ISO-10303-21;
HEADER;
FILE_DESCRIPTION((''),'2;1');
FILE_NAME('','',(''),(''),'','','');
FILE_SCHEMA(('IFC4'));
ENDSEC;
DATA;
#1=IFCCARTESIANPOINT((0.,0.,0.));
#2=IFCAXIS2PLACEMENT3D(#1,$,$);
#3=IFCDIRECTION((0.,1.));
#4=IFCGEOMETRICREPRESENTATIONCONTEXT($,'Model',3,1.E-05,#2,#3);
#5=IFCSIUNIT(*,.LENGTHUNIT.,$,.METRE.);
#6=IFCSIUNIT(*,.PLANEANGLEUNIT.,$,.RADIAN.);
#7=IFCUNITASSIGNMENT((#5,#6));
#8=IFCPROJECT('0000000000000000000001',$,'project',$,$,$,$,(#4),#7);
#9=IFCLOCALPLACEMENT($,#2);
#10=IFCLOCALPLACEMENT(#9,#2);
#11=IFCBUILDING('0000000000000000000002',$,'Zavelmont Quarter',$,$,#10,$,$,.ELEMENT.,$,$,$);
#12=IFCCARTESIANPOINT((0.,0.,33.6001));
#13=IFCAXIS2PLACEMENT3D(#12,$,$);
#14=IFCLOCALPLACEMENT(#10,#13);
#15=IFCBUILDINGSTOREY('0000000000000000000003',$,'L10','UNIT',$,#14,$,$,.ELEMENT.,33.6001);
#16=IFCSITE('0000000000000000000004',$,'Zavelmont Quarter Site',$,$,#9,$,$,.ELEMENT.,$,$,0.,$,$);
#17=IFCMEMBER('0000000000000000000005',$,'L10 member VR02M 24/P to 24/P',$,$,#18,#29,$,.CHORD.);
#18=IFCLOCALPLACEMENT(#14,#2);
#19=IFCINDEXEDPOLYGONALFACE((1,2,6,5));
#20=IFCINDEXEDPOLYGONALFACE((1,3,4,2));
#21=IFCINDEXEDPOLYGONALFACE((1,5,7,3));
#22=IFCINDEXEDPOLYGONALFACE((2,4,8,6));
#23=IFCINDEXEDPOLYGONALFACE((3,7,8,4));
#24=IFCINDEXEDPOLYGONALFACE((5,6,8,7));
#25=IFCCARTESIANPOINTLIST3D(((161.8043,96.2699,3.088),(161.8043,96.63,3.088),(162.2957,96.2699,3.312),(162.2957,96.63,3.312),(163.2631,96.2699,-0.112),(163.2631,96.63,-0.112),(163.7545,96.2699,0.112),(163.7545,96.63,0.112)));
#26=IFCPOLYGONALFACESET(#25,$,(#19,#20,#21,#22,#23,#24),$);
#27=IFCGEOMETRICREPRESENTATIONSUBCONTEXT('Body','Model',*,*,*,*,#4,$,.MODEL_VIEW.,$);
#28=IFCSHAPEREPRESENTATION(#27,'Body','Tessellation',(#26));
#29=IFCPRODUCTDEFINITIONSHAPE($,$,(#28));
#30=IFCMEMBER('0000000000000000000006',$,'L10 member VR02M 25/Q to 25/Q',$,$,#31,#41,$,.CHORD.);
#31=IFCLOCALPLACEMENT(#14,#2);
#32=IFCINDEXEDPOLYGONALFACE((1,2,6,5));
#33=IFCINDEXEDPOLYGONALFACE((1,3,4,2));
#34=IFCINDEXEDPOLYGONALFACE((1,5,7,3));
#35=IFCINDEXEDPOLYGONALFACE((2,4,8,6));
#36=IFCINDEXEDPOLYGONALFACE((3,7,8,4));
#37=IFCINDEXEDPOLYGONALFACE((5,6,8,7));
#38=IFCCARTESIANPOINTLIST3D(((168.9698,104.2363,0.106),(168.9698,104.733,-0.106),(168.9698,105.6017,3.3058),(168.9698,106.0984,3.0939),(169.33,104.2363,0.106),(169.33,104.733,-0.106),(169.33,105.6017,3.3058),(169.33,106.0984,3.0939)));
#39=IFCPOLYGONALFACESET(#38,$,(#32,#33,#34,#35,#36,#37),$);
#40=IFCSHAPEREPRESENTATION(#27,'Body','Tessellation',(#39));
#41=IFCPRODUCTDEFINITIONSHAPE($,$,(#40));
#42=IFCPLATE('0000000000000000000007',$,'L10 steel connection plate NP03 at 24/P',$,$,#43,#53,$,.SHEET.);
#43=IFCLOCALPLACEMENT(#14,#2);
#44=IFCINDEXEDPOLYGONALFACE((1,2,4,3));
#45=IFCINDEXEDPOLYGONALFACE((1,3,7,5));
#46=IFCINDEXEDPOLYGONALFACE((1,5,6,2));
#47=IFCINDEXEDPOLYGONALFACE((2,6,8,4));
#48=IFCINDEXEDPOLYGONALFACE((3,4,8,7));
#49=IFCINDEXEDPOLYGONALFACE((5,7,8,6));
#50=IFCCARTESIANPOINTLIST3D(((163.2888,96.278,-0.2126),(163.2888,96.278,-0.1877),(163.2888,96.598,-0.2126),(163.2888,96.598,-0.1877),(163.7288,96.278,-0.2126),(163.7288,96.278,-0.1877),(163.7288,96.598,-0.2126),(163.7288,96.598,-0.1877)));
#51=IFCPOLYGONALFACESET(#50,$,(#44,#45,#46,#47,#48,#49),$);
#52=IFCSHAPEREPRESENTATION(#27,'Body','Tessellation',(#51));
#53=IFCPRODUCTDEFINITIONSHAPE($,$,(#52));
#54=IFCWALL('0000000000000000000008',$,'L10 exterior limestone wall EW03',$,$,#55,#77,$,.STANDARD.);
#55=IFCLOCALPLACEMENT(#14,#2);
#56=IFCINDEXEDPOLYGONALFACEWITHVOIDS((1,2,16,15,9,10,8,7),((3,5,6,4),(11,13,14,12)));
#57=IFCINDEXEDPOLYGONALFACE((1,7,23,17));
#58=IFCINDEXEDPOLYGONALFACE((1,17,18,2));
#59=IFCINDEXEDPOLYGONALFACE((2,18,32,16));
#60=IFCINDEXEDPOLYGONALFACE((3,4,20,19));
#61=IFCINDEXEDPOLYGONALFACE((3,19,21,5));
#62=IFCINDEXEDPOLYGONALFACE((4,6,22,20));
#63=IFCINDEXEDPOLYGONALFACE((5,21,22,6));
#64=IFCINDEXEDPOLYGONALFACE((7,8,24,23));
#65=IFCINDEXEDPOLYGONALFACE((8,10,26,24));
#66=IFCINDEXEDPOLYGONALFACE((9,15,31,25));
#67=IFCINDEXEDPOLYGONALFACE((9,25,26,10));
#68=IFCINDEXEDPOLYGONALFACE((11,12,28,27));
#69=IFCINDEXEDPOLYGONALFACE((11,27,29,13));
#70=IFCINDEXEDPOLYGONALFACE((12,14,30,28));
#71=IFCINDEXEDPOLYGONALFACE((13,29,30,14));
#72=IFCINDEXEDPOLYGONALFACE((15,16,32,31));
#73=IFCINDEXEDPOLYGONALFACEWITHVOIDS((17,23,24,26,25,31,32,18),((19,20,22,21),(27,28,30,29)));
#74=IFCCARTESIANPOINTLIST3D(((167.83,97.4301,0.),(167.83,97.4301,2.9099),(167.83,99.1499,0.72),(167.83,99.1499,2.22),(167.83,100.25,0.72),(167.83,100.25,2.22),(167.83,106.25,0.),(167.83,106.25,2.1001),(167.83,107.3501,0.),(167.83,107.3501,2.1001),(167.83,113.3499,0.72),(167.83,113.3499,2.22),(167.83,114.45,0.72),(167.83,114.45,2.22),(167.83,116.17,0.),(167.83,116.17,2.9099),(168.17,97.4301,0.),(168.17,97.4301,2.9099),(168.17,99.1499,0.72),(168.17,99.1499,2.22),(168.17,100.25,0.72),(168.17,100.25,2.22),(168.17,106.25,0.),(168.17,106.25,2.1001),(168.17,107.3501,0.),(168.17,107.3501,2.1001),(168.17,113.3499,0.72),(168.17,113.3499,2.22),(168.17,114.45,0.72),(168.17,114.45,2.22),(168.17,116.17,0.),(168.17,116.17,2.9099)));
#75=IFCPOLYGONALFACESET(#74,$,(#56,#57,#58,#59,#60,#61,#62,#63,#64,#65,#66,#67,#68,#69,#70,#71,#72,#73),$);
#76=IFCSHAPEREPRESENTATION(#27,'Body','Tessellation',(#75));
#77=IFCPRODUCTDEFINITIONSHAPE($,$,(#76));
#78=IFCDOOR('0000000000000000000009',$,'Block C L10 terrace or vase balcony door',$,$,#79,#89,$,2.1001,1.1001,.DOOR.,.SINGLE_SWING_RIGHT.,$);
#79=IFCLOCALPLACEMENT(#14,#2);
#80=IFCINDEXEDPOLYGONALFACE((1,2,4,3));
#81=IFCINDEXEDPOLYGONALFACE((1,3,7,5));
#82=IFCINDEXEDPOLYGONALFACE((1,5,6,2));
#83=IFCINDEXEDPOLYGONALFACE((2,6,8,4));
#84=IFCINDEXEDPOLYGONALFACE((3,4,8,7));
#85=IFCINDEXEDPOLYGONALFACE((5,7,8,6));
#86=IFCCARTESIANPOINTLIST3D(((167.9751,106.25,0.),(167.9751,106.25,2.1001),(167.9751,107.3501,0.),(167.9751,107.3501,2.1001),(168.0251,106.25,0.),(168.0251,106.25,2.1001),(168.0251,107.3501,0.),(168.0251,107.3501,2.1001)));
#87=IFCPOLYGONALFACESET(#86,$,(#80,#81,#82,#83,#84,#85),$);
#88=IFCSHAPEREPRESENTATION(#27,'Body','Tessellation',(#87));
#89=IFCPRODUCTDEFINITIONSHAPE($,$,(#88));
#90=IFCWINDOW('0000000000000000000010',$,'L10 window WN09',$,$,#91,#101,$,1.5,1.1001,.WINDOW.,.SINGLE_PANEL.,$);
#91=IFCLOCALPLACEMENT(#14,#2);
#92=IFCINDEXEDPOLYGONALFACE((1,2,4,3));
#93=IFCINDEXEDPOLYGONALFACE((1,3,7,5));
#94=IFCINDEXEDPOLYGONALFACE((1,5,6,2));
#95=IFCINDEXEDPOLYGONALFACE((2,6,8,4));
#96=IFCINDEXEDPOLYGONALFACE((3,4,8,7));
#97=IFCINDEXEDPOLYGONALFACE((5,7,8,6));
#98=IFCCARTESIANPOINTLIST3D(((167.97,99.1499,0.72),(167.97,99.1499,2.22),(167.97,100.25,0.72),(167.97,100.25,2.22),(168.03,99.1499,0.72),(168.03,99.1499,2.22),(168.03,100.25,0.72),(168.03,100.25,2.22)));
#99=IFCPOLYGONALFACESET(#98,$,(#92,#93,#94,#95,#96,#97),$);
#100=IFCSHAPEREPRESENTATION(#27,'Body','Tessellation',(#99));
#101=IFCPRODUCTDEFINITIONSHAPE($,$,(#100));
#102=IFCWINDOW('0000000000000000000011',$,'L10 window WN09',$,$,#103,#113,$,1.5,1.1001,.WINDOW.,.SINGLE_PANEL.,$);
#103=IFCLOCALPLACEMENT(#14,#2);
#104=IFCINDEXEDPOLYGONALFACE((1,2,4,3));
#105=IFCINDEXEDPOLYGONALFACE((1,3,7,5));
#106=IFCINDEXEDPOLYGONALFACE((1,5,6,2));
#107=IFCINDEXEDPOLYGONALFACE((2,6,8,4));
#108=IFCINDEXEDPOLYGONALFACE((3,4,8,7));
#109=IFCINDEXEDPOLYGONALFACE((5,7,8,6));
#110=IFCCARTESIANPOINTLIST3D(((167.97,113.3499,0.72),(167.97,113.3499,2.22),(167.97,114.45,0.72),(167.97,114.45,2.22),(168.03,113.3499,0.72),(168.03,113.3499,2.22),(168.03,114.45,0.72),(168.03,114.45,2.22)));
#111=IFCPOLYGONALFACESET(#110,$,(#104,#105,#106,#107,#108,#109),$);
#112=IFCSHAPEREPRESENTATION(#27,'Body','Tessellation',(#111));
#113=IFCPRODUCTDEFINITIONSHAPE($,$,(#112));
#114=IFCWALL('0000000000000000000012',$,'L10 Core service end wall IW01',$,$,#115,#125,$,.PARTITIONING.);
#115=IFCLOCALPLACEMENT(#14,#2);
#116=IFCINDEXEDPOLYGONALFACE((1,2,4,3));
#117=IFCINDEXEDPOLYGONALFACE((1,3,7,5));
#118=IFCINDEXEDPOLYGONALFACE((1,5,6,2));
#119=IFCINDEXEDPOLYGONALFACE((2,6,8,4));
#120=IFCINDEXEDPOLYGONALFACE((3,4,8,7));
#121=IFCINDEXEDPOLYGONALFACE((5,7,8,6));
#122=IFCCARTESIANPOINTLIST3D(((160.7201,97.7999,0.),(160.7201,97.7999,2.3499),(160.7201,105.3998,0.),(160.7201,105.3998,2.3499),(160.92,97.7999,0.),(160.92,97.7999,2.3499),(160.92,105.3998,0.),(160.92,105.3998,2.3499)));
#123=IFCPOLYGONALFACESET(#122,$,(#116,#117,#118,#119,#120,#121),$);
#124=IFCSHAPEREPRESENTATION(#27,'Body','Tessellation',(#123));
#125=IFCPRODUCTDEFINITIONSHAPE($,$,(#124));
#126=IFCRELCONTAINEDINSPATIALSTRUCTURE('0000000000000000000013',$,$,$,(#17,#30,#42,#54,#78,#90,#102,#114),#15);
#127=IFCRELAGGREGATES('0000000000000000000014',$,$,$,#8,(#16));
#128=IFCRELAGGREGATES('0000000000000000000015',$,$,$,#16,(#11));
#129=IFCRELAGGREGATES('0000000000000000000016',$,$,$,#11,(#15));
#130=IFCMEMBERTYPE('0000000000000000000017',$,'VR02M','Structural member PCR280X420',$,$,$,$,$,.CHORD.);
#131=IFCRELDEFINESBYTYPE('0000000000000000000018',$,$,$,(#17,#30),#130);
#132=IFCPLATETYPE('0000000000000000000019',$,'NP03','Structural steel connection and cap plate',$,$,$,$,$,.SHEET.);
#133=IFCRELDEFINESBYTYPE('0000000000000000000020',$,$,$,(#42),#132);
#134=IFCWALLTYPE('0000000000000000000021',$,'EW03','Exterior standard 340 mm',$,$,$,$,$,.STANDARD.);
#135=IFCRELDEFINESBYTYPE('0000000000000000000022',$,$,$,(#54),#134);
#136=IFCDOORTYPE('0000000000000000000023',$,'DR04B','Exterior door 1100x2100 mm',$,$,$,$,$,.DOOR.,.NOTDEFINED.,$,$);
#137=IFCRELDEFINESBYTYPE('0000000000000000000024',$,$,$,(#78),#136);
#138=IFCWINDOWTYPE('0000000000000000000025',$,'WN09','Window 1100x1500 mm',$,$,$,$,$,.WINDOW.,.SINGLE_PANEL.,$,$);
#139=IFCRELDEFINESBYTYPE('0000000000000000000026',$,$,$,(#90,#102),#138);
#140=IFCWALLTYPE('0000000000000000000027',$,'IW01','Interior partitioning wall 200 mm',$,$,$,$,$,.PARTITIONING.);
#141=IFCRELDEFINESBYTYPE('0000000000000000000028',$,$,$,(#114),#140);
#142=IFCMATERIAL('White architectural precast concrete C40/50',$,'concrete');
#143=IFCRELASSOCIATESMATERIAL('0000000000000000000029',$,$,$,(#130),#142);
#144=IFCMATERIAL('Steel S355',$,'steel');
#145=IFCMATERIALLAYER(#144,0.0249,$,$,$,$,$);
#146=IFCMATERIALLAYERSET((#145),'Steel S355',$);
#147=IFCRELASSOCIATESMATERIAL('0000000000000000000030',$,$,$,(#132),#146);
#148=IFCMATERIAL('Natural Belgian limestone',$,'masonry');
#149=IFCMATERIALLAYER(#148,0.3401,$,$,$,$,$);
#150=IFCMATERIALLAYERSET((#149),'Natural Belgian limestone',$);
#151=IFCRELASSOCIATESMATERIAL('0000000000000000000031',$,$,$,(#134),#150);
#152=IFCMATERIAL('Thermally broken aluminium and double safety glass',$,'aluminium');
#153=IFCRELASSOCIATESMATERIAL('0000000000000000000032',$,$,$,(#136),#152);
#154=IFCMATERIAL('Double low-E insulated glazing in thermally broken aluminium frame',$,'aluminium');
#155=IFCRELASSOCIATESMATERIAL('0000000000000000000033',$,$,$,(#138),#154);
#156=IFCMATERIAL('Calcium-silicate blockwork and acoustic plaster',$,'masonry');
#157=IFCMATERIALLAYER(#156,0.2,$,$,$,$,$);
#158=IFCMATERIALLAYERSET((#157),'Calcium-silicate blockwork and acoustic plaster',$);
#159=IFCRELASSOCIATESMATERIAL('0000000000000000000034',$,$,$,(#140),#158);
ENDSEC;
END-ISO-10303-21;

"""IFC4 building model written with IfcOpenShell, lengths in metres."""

from ifc_helpers import new_model, si_unit, direction, frame, frame_2d, origin, origin_with_axes, origin_2d, place, context, subcontext, project, spatial, rectangle, extrude, material, layer, layer_set, material_profile, profile_set, type_object, element, fill, save


model = new_model("IFC4")

# Units and contexts
model_context = context("Model", 3, precision=1e-05, world=origin(), true_north=direction((0.0, 1.0)))
body_context = subcontext(model_context, "Body", "Model", "MODEL_VIEW")
ifc_project = project(units=[si_unit("LENGTHUNIT", "METRE"), si_unit("PLANEANGLEUNIT", "RADIAN")], contexts=[model_context])

# Site, building, storey
site_placement = place(None, origin())
site = spatial("IfcSite", under=ifc_project, at=site_placement, Name="Zavelmont Quarter Site", CompositionType="ELEMENT", RefElevation=0.0)
building_placement = place(site_placement, origin())
building = spatial("IfcBuilding", under=site, at=building_placement, Name="Zavelmont Quarter", CompositionType="ELEMENT")
storey_placement = place(building_placement, frame((0.0, 0.0, 33.6001)))
storey = spatial("IfcBuildingStorey", under=building, at=storey_placement, Name="L10", Description="UNIT", CompositionType="ELEMENT", Elevation=33.6001)

# Shared definitions
ifc_material_1 = material(Name="Steel S355", Category="steel")

# Members
ifc_material_2 = material(Name="White architectural precast concrete C40/50", Category="concrete")
ifc_material_profile_1 = material_profile(ifc_material_2, rectangle(XDim=0.3601, YDim=0.54, at=origin_2d()), Name="PCR280X420")
ifc_profile_set_1 = profile_set([ifc_material_profile_1], Name="White architectural precast concrete C40/50")
member_type = type_object("IfcMemberType", Name="VR02M", Description="Structural member PCR280X420", PredefinedType="CHORD", material=ifc_profile_set_1)
member_1_placement = place(storey_placement, frame((163.5088, 96.45, 0.0), z_axis=(-0.414796, 0.0, 0.909914), x_axis=(0.0, -1.0, 0.0)))
element("IfcMember", 1, at=member_1_placement, inside=storey, type_object=member_type, Name="L10 member VR02M 24/P to 24/P", PredefinedType="CHORD", context=body_context, shape_type="SweptSolid", body=[
    extrude(rectangle(XDim=0.3601, YDim=0.54, at=origin_2d()), origin(), (0.0, 0.0, 1.0), 3.5168),
])
member_2_placement = place(storey_placement, frame((169.1499, 104.4846, 0.0), z_axis=(0.0, 0.392479, 0.919761), x_axis=(-1.0, 0.0, 0.0)))
element("IfcMember", 2, at=member_2_placement, inside=storey, type_object=member_type, Name="L10 member VR02M 25/Q to 25/Q", PredefinedType="CHORD", context=body_context, shape_type="SweptSolid", body=[
    extrude(rectangle(XDim=0.3601, YDim=0.54, at=origin_2d()), origin(), (0.0, 0.0, 1.0), 3.479),
])

# Plate
ifc_layer_1 = layer(ifc_material_1, 0.0249)
ifc_layer_set_1 = layer_set([ifc_layer_1], Name="Steel S355")
plate_type = type_object("IfcPlateType", Name="NP03", Description="Structural steel connection and cap plate", PredefinedType="SHEET", material=ifc_layer_set_1)
plate_placement = place(storey_placement, frame((163.5088, 96.438, -0.2126), z_axis=(0.0, 0.0, 1.0), x_axis=(1.0, 0.0, 0.0)))
element("IfcPlate", 3, at=plate_placement, inside=storey, type_object=plate_type, Name="L10 steel connection plate NP03 at 24/P", PredefinedType="SHEET", context=body_context, shape_type="SweptSolid", body=[
    extrude(rectangle(XDim=0.4399, YDim=0.3201, at=origin_2d()), origin(), (0.0, 0.0, 1.0), 0.0249),
])

# Wall, openings, door, windows
ifc_material_3 = material(Name="Natural Belgian limestone", Category="masonry")
ifc_layer_2 = layer(ifc_material_3, 0.3401)
ifc_layer_set_2 = layer_set([ifc_layer_2], Name="Natural Belgian limestone")
wall_type_1 = type_object("IfcWallType", Name="EW03", Description="Exterior standard 340 mm", PredefinedType="STANDARD", material=ifc_layer_set_2)
wall_1_placement = place(storey_placement, frame((168.0, 97.4299, 0.0), z_axis=(0.0, 0.0, 1.0), x_axis=(0.0, 1.0, 0.0)))
wall_1 = element("IfcWall", 4, at=wall_1_placement, inside=storey, type_object=wall_type_1, Name="L10 exterior limestone wall EW03", PredefinedType="STANDARD", context=body_context, shape_type="SweptSolid", body=[
    extrude(rectangle(XDim=18.74, YDim=0.3401, at=frame_2d((9.3701, 0.0))), origin(), (0.0, 0.0, 1.0), 2.9099),
])
opening_1_placement = place(wall_1_placement, frame((8.8201, 0.0, 0.0)))
opening_1 = element("IfcOpeningElement", 5, at=opening_1_placement, cuts=wall_1, PredefinedType="OPENING", context=body_context, shape_type="SweptSolid", body=[
    extrude(rectangle(XDim=1.1001, YDim=2.1001, at=frame_2d((0.55, 1.05))), frame((0.0, 0.1821, 0.0), z_axis=(0.0, -1.0, 0.0), x_axis=(1.0, 0.0, 0.0)), (0.0, 0.0, 1.0), 0.364),
])
opening_2_placement = place(wall_1_placement, frame((1.72, 0.0, 0.72)))
opening_2 = element("IfcOpeningElement", 6, at=opening_2_placement, cuts=wall_1, PredefinedType="OPENING", context=body_context, shape_type="SweptSolid", body=[
    extrude(rectangle(XDim=1.1001, YDim=1.5, at=frame_2d((0.55, 0.75))), frame((0.0, 0.1821, 0.0), z_axis=(0.0, -1.0, 0.0), x_axis=(1.0, 0.0, 0.0)), (0.0, 0.0, 1.0), 0.364),
])
opening_3_placement = place(wall_1_placement, frame((15.9199, 0.0, 0.72)))
opening_3 = element("IfcOpeningElement", 7, at=opening_3_placement, cuts=wall_1, PredefinedType="OPENING", context=body_context, shape_type="SweptSolid", body=[
    extrude(rectangle(XDim=1.1001, YDim=1.5, at=frame_2d((0.55, 0.75))), frame((0.0, 0.1821, 0.0), z_axis=(0.0, -1.0, 0.0), x_axis=(1.0, 0.0, 0.0)), (0.0, 0.0, 1.0), 0.364),
])
ifc_material_4 = material(Name="Thermally broken aluminium and double safety glass", Category="aluminium")
door_type_1 = type_object("IfcDoorType", Name="DR04B", Description="Exterior door 1100x2100 mm", OperationType="NOTDEFINED", PredefinedType="DOOR", material=ifc_material_4)
door_1_placement = place(opening_1_placement, origin_with_axes())
door_1 = element("IfcDoor", 8, at=door_1_placement, inside=storey, type_object=door_type_1, Name="Block C L10 terrace or vase balcony door", OperationType="SINGLE_SWING_RIGHT", OverallHeight=2.1001, OverallWidth=1.1001, PredefinedType="DOOR", context=body_context, shape_type="SweptSolid", body=[
    extrude(rectangle(XDim=1.1001, YDim=2.1001, at=frame_2d((0.55, 1.05))), frame((0.0, 0.0249, 0.0), z_axis=(0.0, -1.0, 0.0), x_axis=(1.0, 0.0, 0.0)), (0.0, 0.0, 1.0), 0.05),
])
fill(opening_1, door_1)
ifc_material_5 = material(Name="Double low-E insulated glazing in thermally broken aluminium frame", Category="aluminium")
window_type = type_object("IfcWindowType", Name="WN09", Description="Window 1100x1500 mm", PartitioningType="SINGLE_PANEL", PredefinedType="WINDOW", material=ifc_material_5)
window_1_placement = place(opening_2_placement, origin_with_axes())
window_1 = element("IfcWindow", 9, at=window_1_placement, inside=storey, type_object=window_type, Name="L10 window WN09", OverallHeight=1.5, OverallWidth=1.1001, PartitioningType="SINGLE_PANEL", PredefinedType="WINDOW", context=body_context, shape_type="SweptSolid", body=[
    extrude(rectangle(XDim=1.1001, YDim=1.5, at=frame_2d((0.55, 0.75))), frame((0.0, 0.03, 0.0), z_axis=(0.0, -1.0, 0.0), x_axis=(1.0, 0.0, 0.0)), (0.0, 0.0, 1.0), 0.0601),
])
fill(opening_2, window_1)
window_2_placement = place(opening_3_placement, origin_with_axes())
window_2 = element("IfcWindow", 10, at=window_2_placement, inside=storey, type_object=window_type, Name="L10 window WN09", OverallHeight=1.5, OverallWidth=1.1001, PartitioningType="SINGLE_PANEL", PredefinedType="WINDOW", context=body_context, shape_type="SweptSolid", body=[
    extrude(rectangle(XDim=1.1001, YDim=1.5, at=frame_2d((0.55, 0.75))), frame((0.0, 0.03, 0.0), z_axis=(0.0, -1.0, 0.0), x_axis=(1.0, 0.0, 0.0)), (0.0, 0.0, 1.0), 0.0601),
])
fill(opening_3, window_2)

# Wall
ifc_material_6 = material(Name="Calcium-silicate blockwork and acoustic plaster", Category="masonry")
ifc_layer_3 = layer(ifc_material_6, 0.2)
ifc_layer_set_3 = layer_set([ifc_layer_3], Name="Calcium-silicate blockwork and acoustic plaster")
wall_type_2 = type_object("IfcWallType", Name="IW01", Description="Interior partitioning wall 200 mm", PredefinedType="PARTITIONING", material=ifc_layer_set_3)
wall_2_placement = place(storey_placement, frame((160.8201, 97.8, 0.0), z_axis=(0.0, 0.0, 1.0), x_axis=(0.0, 1.0, 0.0)))
element("IfcWall", 11, at=wall_2_placement, inside=storey, type_object=wall_type_2, Name="L10 Core service end wall IW01", PredefinedType="PARTITIONING", context=body_context, shape_type="SweptSolid", body=[
    extrude(rectangle(XDim=7.5999, YDim=0.2, at=frame_2d((3.7998, 0.0))), origin(), (0.0, 0.0, 1.0), 2.3499),
])

save(model, "model.ifc")
